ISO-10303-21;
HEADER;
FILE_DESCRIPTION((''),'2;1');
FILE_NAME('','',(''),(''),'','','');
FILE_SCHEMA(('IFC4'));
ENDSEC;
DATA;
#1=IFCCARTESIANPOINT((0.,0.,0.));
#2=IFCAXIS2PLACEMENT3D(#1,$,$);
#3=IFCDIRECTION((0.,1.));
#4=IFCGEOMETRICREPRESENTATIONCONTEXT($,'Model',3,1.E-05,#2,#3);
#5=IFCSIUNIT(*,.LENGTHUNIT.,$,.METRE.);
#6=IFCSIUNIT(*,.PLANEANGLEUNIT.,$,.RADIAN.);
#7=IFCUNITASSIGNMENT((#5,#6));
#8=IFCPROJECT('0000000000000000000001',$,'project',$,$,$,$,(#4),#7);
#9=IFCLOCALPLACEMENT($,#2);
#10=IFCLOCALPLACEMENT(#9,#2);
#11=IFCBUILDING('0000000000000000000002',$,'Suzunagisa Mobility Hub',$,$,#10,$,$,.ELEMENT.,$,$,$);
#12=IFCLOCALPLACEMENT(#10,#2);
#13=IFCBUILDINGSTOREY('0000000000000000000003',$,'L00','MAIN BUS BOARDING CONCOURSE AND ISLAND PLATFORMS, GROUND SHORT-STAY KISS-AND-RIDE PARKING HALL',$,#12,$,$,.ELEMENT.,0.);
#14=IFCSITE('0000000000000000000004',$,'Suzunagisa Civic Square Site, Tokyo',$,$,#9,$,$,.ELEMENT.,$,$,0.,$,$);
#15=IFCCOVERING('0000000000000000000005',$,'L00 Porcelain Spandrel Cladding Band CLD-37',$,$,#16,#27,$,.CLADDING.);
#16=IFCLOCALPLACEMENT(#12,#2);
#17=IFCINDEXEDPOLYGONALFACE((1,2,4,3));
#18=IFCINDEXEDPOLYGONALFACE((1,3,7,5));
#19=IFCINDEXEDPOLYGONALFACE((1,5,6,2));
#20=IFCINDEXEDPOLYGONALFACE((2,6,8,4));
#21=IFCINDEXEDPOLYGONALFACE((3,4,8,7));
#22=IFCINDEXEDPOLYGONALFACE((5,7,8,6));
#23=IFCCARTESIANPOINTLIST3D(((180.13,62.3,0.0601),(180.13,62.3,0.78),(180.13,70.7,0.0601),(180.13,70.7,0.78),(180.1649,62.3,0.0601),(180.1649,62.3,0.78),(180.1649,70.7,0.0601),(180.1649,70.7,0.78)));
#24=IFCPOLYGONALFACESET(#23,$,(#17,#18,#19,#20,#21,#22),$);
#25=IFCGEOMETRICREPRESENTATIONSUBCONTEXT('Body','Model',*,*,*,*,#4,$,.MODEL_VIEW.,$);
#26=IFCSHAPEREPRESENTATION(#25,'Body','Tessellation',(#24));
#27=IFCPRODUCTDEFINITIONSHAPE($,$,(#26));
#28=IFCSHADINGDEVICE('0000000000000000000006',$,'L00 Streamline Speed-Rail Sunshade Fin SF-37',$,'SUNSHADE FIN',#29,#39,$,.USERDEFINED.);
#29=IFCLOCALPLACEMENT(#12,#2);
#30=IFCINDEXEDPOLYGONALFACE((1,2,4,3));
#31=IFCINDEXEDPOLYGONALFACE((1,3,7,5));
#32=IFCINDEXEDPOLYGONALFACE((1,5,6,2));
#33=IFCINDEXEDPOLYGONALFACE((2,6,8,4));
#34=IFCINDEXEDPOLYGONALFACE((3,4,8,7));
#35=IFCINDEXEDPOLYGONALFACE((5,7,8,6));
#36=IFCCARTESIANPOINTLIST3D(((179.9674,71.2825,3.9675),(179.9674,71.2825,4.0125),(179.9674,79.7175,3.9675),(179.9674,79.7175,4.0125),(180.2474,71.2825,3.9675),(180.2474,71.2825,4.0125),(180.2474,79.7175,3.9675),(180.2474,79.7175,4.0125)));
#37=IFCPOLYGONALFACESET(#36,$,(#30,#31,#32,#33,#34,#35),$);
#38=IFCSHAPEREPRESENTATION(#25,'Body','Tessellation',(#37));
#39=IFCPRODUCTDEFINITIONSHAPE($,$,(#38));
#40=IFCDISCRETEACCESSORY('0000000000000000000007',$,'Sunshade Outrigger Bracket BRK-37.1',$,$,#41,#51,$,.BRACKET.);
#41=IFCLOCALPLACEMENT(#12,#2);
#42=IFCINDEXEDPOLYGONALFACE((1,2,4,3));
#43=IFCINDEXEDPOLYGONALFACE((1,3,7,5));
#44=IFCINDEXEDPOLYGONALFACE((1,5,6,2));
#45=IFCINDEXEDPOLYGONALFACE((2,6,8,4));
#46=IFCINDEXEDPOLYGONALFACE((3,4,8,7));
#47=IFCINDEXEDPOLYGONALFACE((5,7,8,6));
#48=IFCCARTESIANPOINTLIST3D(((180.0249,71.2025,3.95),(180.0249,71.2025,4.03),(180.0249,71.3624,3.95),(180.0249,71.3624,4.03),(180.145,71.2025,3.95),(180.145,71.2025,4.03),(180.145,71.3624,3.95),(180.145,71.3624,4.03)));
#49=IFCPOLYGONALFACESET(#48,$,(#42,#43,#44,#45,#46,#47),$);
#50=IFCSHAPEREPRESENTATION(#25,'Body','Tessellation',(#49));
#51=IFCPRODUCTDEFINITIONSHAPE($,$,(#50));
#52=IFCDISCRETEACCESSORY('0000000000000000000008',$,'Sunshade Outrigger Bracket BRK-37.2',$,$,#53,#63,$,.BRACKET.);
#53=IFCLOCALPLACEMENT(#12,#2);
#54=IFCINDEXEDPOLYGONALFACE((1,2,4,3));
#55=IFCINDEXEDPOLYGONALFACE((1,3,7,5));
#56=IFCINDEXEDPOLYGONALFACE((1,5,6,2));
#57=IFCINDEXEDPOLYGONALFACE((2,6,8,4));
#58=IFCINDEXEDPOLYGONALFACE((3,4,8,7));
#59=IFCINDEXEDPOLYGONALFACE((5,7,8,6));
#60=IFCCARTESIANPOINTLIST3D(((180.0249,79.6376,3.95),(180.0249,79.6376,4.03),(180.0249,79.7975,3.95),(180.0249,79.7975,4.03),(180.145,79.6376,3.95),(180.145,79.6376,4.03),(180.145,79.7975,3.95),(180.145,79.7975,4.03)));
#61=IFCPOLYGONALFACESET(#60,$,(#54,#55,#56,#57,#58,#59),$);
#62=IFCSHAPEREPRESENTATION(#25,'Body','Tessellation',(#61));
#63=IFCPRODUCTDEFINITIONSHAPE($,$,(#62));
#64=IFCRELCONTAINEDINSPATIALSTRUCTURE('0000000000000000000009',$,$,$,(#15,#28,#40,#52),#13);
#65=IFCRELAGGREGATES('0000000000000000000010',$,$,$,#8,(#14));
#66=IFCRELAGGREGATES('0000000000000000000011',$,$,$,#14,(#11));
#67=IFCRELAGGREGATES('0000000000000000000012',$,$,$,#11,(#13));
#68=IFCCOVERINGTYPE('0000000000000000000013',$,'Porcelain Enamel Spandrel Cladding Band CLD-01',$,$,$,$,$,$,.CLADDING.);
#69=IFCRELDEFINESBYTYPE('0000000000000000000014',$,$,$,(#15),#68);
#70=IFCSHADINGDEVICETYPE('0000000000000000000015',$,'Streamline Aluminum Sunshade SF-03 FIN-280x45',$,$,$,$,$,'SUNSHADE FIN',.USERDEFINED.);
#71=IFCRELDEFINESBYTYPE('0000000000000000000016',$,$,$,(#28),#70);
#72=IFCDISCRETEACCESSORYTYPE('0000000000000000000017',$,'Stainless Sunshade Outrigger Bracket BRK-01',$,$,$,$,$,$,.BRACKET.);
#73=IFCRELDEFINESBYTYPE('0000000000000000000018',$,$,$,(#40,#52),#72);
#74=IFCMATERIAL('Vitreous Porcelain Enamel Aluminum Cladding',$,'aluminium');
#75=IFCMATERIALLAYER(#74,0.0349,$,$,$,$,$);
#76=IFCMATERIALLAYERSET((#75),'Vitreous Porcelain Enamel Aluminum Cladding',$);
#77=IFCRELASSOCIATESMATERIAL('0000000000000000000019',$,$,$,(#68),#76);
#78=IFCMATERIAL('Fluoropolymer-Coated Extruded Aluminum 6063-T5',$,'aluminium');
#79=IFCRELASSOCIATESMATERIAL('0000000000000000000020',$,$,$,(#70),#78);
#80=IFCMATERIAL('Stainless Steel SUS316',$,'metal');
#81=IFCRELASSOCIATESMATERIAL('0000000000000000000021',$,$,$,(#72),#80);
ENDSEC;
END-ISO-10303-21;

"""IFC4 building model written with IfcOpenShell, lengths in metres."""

from ifc_helpers import new_model, si_unit, direction, frame, origin, origin_2d, place, context, subcontext, project, spatial, rectangle, extrude, material, layer, layer_set, material_profile, profile_set, type_object, element, save


model = new_model("IFC4")

# Units and contexts
model_context = context("Model", 3, precision=1e-05, world=origin(), true_north=direction((0.0, 1.0)))
body_context = subcontext(model_context, "Body", "Model", "MODEL_VIEW")
ifc_project = project(units=[si_unit("LENGTHUNIT", "METRE"), si_unit("PLANEANGLEUNIT", "RADIAN")], contexts=[model_context])

# Site, building, storey
site_placement = place(None, origin())
site = spatial("IfcSite", under=ifc_project, at=site_placement, Name="Suzunagisa Civic Square Site, Tokyo", CompositionType="ELEMENT", RefElevation=0.0)
building_placement = place(site_placement, origin())
building = spatial("IfcBuilding", under=site, at=building_placement, Name="Suzunagisa Mobility Hub", CompositionType="ELEMENT")
storey_placement = place(building_placement, origin())
storey = spatial("IfcBuildingStorey", under=building, at=storey_placement, Name="L00", Description="MAIN BUS BOARDING CONCOURSE AND ISLAND PLATFORMS, GROUND SHORT-STAY KISS-AND-RIDE PARKING HALL", CompositionType="ELEMENT", Elevation=0.0)

# Covering
ifc_material_1 = material(Name="Vitreous Porcelain Enamel Aluminum Cladding", Category="aluminium")
ifc_layer_1 = layer(ifc_material_1, 0.0349)
ifc_layer_set_1 = layer_set([ifc_layer_1], Name="Vitreous Porcelain Enamel Aluminum Cladding")
covering_type = type_object("IfcCoveringType", Name="Porcelain Enamel Spandrel Cladding Band CLD-01", PredefinedType="CLADDING", material=ifc_layer_set_1)
covering_placement = place(storey_placement, frame((180.1475, 66.5, 0.0601), z_axis=(0.0, 0.0, 1.0), x_axis=(0.0, 1.0, 0.0)))
element("IfcCovering", 1, at=covering_placement, inside=storey, type_object=covering_type, Name="L00 Porcelain Spandrel Cladding Band CLD-37", PredefinedType="CLADDING", context=body_context, shape_type="SweptSolid", body=[
    extrude(rectangle(XDim=8.3999, YDim=0.0349, at=origin_2d()), origin(), (0.0, 0.0, 1.0), 0.72),
])

# Shading device
ifc_material_2 = material(Name="Fluoropolymer-Coated Extruded Aluminum 6063-T5", Category="aluminium")
ifc_material_profile_1 = material_profile(ifc_material_2, rectangle(XDim=0.28, YDim=0.0449, at=origin_2d()), Name="FIN-280x45")
ifc_profile_set_1 = profile_set([ifc_material_profile_1], Name="Fluoropolymer-Coated Extruded Aluminum 6063-T5")
shading_device_type = type_object("IfcShadingDeviceType", Name="Streamline Aluminum Sunshade SF-03 FIN-280x45", ElementType="SUNSHADE FIN", PredefinedType="USERDEFINED", material=ifc_profile_set_1)
shading_device_placement = place(storey_placement, frame((180.1074, 71.2825, 3.99), z_axis=(0.0, 1.0, 0.0), x_axis=(-1.0, 0.0, 0.0)))
element("IfcShadingDevice", 2, at=shading_device_placement, inside=storey, type_object=shading_device_type, Name="L00 Streamline Speed-Rail Sunshade Fin SF-37", ObjectType="SUNSHADE FIN", PredefinedType="USERDEFINED", context=body_context, shape_type="SweptSolid", body=[
    extrude(rectangle(XDim=0.28, YDim=0.0449, at=origin_2d()), origin(), (0.0, 0.0, 1.0), 8.4351),
])

# Discrete accessories
ifc_material_3 = material(Name="Stainless Steel SUS316", Category="metal")
discrete_accessory_type = type_object("IfcDiscreteAccessoryType", Name="Stainless Sunshade Outrigger Bracket BRK-01", PredefinedType="BRACKET", material=ifc_material_3)
for number, where, z_axis, x_axis, name in (
    (3, (180.085, 71.2825, 3.95), (0.0, 0.0, 1.0), (0.0, 1.0, 0.0), "Sunshade Outrigger Bracket BRK-37.1"),
    (4, (180.085, 79.7175, 3.95), (0.0, 0.0, 1.0), (0.0, 1.0, 0.0), "Sunshade Outrigger Bracket BRK-37.2"),
):
    element("IfcDiscreteAccessory", number, at=place(storey_placement, frame(where, z_axis=z_axis, x_axis=x_axis)), inside=storey, type_object=discrete_accessory_type, Name=name, PredefinedType="BRACKET", context=body_context, shape_type="SweptSolid", body=[
        extrude(rectangle(XDim=0.1599, YDim=0.1201, at=origin_2d()), origin(), (0.0, 0.0, 1.0), 0.0801),
    ])

save(model, "model.ifc")
